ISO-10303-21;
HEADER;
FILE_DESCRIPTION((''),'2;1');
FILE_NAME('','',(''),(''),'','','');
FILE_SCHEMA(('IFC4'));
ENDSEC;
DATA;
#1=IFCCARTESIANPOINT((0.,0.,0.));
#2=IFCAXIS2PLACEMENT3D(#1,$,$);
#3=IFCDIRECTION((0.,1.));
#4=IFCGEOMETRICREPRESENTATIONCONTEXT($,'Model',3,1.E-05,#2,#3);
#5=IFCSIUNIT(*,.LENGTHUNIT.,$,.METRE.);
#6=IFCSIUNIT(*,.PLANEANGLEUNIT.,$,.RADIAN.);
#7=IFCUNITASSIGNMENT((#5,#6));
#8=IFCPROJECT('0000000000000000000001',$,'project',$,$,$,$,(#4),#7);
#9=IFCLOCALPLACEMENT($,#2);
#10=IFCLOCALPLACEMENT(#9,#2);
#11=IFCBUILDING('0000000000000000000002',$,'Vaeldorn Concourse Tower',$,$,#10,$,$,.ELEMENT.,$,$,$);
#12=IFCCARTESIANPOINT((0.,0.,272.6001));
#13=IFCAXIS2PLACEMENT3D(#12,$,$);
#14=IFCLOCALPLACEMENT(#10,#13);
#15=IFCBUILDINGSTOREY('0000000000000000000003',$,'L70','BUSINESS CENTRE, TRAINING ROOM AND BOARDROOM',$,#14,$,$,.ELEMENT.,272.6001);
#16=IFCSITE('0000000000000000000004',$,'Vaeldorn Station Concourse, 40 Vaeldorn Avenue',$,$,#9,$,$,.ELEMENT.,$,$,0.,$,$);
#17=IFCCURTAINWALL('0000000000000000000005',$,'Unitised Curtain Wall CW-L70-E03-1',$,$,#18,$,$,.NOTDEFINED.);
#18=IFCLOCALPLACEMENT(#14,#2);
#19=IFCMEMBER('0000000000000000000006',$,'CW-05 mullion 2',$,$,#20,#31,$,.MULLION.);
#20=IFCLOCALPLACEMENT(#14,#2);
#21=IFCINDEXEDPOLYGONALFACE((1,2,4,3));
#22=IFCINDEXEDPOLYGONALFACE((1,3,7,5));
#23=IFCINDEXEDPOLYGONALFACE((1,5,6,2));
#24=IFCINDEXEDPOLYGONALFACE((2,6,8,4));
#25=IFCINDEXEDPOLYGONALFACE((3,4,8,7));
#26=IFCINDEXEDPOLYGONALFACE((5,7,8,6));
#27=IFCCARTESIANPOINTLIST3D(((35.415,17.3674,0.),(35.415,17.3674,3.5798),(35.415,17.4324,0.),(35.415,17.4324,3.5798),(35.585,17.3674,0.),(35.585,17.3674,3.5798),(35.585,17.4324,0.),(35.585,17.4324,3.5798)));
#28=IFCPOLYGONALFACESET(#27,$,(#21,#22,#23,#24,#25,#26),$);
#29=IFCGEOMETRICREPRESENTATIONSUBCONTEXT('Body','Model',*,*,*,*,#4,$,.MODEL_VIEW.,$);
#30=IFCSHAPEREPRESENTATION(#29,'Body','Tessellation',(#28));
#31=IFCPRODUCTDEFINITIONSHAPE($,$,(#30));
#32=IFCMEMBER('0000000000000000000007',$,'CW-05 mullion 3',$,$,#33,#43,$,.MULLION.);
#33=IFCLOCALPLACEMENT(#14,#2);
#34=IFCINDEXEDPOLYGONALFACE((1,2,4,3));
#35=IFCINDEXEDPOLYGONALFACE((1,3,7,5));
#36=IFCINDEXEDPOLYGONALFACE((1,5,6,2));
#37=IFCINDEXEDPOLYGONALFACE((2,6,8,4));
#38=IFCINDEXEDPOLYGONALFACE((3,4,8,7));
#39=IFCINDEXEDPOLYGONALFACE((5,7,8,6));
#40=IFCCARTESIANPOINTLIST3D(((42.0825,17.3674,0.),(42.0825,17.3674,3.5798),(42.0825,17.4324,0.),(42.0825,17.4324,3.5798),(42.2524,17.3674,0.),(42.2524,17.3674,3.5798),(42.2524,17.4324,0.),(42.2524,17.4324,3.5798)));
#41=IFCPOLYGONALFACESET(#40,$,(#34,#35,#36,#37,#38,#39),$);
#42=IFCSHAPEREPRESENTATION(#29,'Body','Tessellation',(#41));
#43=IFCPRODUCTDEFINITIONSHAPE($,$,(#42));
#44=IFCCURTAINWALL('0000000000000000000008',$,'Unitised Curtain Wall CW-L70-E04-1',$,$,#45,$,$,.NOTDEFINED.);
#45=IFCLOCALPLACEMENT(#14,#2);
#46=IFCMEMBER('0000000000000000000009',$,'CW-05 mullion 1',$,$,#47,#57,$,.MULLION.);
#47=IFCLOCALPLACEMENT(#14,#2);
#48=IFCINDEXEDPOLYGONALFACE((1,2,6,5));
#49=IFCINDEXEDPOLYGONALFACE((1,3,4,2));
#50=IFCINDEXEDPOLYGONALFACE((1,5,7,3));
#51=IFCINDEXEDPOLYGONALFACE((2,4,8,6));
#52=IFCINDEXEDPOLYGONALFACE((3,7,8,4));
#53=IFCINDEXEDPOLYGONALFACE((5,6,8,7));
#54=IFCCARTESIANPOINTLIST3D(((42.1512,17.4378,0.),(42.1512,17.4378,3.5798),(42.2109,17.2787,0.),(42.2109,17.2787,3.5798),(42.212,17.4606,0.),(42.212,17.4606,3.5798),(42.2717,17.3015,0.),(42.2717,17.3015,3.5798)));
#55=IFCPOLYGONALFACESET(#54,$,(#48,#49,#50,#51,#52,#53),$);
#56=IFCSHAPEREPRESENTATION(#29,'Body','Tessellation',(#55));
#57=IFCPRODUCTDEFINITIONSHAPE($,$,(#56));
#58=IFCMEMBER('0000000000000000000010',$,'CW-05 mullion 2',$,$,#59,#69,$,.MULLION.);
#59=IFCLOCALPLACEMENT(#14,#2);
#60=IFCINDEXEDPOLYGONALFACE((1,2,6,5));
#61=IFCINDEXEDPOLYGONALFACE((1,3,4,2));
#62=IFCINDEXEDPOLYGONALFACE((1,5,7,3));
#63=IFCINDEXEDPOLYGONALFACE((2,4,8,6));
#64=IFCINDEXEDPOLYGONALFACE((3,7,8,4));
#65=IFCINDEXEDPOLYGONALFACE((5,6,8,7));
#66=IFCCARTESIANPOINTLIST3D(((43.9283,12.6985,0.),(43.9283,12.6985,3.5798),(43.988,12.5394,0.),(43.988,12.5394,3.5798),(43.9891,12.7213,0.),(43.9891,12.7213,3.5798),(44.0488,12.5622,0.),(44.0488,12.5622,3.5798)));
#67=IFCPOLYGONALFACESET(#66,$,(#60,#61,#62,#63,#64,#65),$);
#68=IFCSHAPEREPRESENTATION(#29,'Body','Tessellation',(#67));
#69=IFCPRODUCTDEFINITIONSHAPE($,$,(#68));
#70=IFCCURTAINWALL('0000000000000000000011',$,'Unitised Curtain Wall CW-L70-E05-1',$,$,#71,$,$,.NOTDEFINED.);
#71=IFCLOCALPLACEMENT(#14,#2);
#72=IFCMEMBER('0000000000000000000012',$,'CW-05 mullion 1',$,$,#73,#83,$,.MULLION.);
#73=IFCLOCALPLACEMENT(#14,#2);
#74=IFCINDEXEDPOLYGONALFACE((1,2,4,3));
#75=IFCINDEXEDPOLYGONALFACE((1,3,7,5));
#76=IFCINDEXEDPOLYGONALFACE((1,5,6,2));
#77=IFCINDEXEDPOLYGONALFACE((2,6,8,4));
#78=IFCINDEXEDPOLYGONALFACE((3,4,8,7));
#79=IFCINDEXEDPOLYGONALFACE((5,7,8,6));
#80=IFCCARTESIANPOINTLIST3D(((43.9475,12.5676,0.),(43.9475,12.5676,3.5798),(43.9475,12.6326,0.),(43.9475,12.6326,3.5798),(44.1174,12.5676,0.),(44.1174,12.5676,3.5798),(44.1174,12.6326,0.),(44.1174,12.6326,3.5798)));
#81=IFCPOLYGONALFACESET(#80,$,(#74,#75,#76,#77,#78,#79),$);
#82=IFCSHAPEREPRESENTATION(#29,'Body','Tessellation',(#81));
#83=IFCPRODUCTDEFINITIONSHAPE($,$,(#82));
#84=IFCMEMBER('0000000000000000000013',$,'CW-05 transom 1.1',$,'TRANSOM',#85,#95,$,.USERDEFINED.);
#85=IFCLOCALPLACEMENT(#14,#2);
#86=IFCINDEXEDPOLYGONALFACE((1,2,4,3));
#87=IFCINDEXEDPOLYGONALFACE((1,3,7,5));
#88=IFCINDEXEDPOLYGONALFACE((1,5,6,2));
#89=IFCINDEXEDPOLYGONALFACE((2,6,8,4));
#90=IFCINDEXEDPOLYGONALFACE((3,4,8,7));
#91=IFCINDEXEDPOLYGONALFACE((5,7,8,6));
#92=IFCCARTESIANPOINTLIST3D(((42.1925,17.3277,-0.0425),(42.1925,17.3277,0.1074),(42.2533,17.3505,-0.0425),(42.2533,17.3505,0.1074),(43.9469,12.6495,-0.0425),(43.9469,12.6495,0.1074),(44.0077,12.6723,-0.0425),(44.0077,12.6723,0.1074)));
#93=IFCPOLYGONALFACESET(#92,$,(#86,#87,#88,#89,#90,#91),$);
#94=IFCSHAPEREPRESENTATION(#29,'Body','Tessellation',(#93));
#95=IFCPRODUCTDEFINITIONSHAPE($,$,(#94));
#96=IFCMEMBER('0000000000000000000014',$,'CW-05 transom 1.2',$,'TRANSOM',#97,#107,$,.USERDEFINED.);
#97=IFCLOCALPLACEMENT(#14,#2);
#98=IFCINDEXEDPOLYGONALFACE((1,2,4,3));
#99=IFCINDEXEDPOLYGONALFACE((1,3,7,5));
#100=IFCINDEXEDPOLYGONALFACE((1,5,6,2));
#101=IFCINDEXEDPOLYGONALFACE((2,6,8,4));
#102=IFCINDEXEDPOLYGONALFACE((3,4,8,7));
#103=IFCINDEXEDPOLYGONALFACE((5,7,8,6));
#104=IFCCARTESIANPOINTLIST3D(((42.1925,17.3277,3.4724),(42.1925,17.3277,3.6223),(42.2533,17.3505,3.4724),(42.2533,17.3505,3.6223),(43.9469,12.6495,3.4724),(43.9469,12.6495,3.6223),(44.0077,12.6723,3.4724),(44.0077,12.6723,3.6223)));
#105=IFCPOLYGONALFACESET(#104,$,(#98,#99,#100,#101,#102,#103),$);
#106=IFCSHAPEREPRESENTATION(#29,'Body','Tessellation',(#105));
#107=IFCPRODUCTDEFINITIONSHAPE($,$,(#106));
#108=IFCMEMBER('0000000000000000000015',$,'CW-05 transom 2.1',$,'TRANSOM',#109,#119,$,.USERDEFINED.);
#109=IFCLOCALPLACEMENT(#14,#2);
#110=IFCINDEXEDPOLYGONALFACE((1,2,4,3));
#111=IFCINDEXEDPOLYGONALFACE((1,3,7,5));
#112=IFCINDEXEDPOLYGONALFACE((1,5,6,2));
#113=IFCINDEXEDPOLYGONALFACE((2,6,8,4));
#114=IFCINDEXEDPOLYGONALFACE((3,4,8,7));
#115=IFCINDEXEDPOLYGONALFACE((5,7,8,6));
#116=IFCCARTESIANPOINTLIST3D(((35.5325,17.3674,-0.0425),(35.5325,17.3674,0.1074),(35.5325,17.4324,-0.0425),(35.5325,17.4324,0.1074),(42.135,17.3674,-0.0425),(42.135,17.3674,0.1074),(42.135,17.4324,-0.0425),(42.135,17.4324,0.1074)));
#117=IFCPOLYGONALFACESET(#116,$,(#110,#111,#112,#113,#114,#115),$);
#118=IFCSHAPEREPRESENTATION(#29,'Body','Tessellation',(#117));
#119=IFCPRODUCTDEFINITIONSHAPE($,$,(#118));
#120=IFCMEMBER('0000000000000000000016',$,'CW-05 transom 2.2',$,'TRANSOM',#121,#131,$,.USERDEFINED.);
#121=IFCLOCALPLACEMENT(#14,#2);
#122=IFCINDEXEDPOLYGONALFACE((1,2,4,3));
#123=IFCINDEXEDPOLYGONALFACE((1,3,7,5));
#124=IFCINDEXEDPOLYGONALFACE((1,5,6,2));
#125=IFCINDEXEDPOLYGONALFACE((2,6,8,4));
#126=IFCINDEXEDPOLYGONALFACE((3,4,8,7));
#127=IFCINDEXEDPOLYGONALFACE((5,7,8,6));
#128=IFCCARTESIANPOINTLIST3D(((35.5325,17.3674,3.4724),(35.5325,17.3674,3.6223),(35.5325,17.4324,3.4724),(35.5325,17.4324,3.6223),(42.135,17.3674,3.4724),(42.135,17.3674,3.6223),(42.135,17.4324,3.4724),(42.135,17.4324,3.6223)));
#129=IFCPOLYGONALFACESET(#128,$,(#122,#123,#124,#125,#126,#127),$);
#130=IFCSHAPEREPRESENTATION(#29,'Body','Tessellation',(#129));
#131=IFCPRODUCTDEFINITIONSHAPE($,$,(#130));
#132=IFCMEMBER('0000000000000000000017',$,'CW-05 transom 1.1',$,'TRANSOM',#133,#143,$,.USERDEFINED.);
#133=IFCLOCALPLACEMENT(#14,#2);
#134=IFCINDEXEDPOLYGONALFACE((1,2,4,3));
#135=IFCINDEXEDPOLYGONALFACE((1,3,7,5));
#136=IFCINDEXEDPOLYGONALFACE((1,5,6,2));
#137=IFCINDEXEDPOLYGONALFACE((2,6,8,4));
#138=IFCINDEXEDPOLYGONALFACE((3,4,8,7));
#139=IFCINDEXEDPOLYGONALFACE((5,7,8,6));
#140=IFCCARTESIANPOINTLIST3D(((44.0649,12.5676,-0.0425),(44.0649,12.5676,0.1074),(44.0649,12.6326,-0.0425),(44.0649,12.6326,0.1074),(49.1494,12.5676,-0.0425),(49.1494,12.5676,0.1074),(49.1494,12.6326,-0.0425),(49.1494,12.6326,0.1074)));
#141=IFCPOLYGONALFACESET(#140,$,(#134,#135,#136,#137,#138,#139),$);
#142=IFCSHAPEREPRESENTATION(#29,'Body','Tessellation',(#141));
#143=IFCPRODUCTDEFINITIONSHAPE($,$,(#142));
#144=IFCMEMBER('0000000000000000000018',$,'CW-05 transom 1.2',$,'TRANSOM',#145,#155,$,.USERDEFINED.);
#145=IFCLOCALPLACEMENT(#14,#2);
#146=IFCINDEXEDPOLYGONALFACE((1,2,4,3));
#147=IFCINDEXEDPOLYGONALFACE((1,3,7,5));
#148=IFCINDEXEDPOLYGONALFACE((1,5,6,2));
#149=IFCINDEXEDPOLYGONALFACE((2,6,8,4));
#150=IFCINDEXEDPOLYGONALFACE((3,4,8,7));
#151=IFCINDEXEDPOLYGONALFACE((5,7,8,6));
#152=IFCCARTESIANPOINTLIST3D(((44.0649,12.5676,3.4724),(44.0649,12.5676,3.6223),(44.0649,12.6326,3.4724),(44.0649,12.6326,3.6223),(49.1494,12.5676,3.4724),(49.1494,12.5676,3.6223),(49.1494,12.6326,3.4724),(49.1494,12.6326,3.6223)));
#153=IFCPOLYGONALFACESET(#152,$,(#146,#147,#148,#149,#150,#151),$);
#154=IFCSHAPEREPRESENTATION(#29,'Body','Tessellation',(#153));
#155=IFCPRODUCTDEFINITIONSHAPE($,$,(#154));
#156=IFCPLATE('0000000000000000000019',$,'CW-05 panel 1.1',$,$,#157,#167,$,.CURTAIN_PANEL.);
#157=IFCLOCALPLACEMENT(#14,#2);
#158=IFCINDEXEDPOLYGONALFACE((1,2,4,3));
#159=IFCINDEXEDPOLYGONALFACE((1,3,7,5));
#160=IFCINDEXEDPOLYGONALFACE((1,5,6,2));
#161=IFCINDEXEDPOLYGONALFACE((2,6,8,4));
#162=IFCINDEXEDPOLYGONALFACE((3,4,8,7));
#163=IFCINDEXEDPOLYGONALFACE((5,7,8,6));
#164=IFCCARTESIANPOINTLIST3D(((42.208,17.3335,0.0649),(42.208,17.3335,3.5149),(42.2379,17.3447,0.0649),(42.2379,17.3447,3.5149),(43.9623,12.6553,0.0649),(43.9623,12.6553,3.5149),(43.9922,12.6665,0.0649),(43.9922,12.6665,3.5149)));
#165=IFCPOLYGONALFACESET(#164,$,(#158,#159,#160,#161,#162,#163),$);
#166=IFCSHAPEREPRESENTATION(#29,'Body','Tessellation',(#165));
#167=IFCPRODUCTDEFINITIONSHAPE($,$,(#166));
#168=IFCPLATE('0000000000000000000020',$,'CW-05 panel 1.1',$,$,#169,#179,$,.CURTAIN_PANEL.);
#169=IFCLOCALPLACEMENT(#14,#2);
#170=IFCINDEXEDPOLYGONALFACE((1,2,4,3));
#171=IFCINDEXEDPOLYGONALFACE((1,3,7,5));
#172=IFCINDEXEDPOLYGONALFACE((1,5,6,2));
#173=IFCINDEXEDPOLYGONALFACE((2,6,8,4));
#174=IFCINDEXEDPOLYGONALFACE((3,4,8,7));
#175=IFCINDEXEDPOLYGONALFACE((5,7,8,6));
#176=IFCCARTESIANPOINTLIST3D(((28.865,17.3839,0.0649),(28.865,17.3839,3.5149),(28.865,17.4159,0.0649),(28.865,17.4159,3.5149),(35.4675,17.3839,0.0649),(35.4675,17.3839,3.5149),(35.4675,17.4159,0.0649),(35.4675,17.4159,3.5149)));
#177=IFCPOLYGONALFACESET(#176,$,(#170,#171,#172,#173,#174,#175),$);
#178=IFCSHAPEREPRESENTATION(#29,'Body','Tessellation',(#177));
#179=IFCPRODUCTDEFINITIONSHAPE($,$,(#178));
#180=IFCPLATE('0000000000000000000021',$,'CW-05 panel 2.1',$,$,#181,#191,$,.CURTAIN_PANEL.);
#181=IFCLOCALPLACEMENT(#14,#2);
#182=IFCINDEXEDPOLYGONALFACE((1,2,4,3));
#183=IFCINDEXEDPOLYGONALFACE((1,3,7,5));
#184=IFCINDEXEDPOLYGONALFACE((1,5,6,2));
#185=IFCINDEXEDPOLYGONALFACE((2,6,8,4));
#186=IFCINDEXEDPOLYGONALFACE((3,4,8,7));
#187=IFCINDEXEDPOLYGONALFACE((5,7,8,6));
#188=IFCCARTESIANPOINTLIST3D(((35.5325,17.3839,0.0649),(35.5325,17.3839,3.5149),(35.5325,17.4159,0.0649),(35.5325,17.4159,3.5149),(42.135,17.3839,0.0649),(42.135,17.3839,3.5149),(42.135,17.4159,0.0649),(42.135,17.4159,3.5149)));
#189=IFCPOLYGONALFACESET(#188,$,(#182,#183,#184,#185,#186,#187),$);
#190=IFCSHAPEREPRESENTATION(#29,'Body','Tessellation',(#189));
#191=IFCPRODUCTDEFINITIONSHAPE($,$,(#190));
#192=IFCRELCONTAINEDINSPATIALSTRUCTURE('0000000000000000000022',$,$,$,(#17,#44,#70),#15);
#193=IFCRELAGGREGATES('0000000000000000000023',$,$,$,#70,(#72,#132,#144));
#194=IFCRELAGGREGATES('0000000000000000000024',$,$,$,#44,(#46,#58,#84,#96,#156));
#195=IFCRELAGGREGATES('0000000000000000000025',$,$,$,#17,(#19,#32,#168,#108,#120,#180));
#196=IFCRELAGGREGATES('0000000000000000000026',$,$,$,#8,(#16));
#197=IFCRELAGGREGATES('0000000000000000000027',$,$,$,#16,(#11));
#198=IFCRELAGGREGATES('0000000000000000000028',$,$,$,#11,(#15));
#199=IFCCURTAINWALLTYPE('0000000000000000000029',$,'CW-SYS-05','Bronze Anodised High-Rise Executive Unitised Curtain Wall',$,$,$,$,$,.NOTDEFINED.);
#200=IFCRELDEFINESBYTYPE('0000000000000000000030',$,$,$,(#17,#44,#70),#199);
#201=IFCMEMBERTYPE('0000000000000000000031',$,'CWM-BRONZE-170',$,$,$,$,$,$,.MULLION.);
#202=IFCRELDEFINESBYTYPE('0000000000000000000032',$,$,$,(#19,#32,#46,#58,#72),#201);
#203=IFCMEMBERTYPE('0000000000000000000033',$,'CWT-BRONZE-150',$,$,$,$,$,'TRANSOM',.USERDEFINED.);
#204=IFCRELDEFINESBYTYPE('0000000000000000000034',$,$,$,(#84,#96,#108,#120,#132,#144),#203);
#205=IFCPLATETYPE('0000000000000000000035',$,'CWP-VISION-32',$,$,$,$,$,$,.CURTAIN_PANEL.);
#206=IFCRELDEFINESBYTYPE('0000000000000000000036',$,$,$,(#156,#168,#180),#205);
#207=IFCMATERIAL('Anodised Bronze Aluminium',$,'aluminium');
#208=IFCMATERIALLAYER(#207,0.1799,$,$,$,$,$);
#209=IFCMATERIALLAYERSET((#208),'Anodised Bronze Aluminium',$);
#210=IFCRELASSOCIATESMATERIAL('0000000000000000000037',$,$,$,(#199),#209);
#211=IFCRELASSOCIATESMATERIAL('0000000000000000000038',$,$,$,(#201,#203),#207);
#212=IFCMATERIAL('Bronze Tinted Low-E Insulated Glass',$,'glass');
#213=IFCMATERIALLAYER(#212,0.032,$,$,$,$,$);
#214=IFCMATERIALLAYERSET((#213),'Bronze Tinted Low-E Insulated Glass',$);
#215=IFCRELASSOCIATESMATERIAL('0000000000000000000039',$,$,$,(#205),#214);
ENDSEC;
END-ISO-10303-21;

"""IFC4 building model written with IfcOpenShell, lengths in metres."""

from ifc_helpers import new_model, si_unit, direction, frame, origin, origin_2d, place, context, subcontext, project, spatial, rectangle, extrude, source, transform, mapped, material, layer, layer_set, material_profile, profile_set, type_object, element, aggregate, save


model = new_model("IFC4")

# Units and contexts
model_context = context("Model", 3, precision=1e-05, world=origin(), true_north=direction((0.0, 1.0)))
body_context = subcontext(model_context, "Body", "Model", "MODEL_VIEW")
ifc_project = project(units=[si_unit("LENGTHUNIT", "METRE"), si_unit("PLANEANGLEUNIT", "RADIAN")], contexts=[model_context])

# Site, building, storey
site_placement = place(None, origin())
site = spatial("IfcSite", under=ifc_project, at=site_placement, Name="Vaeldorn Station Concourse, 40 Vaeldorn Avenue", CompositionType="ELEMENT", RefElevation=0.0)
building_placement = place(site_placement, origin())
building = spatial("IfcBuilding", under=site, at=building_placement, Name="Vaeldorn Concourse Tower", CompositionType="ELEMENT")
storey_placement = place(building_placement, frame((0.0, 0.0, 272.6001)))
storey = spatial("IfcBuildingStorey", under=building, at=storey_placement, Name="L70", Description="BUSINESS CENTRE, TRAINING ROOM AND BOARDROOM", CompositionType="ELEMENT", Elevation=272.6001)

# Curtain walls, members
ifc_material_1 = material(Name="Anodised Bronze Aluminium", Category="aluminium")
ifc_layer_1 = layer(ifc_material_1, 0.1799)
ifc_layer_set_1 = layer_set([ifc_layer_1], Name="Anodised Bronze Aluminium")
curtain_wall_type = type_object("IfcCurtainWallType", Name="CW-SYS-05", Description="Bronze Anodised High-Rise Executive Unitised Curtain Wall", PredefinedType="NOTDEFINED", material=ifc_layer_set_1)
curtain_wall_1_placement = place(storey_placement, origin())
curtain_wall_1 = element("IfcCurtainWall", 1, at=curtain_wall_1_placement, inside=storey, type_object=curtain_wall_type, Name="Unitised Curtain Wall CW-L70-E03-1", PredefinedType="NOTDEFINED")
ifc_material_profile_1 = material_profile(ifc_material_1, rectangle(XDim=0.0649, YDim=0.1699, at=origin_2d()), Name="CWM 65x170")
ifc_profile_set_1 = profile_set([ifc_material_profile_1], Name="Anodised Bronze Aluminium")
member_type_1 = type_object("IfcMemberType", Name="CWM-BRONZE-170", PredefinedType="MULLION", material=ifc_profile_set_1)
shared_shape_1 = source(origin(), body_context, "Body", "SweptSolid", [
    extrude(rectangle(XDim=0.0649, YDim=0.1699, at=origin_2d()), origin(), (0.0, 0.0, 1.0), 3.5798),
])
member_1_placement = place(storey_placement, frame((35.5, 17.3999, 0.0), z_axis=(0.0, 0.0, 1.0), x_axis=(0.0, 1.0, 0.0)))
member_1 = element("IfcMember", 2, at=member_1_placement, type_object=member_type_1, Name="CW-05 mullion 2", PredefinedType="MULLION", context=body_context, shape_type="MappedRepresentation", body=[
    mapped(shared_shape_1, transform((0.0, 0.0, 0.0), scale=1.0)),
])
member_2_placement = place(storey_placement, frame((42.1675, 17.3999, 0.0), z_axis=(0.0, 0.0, 1.0), x_axis=(0.0, 1.0, 0.0)))
member_2 = element("IfcMember", 3, at=member_2_placement, type_object=member_type_1, Name="CW-05 mullion 3", PredefinedType="MULLION", context=body_context, shape_type="MappedRepresentation", body=[
    mapped(shared_shape_1, transform((0.0, 0.0, 0.0), scale=1.0)),
])
curtain_wall_2_placement = place(storey_placement, origin())
curtain_wall_2 = element("IfcCurtainWall", 4, at=curtain_wall_2_placement, inside=storey, type_object=curtain_wall_type, Name="Unitised Curtain Wall CW-L70-E04-1", PredefinedType="NOTDEFINED")
member_3_placement = place(storey_placement, frame((42.2114, 17.3696, 0.0), z_axis=(0.0, 0.0, 1.0), x_axis=(0.936329, 0.351123, 0.0)))
member_3 = element("IfcMember", 5, at=member_3_placement, type_object=member_type_1, Name="CW-05 mullion 1", PredefinedType="MULLION", context=body_context, shape_type="MappedRepresentation", body=[
    mapped(shared_shape_1, transform((0.0, 0.0, 0.0), scale=1.0)),
])
member_4_placement = place(storey_placement, frame((43.9885, 12.6304, 0.0), z_axis=(0.0, 0.0, 1.0), x_axis=(0.936329, 0.351123, 0.0)))
member_4 = element("IfcMember", 6, at=member_4_placement, type_object=member_type_1, Name="CW-05 mullion 2", PredefinedType="MULLION", context=body_context, shape_type="MappedRepresentation", body=[
    mapped(shared_shape_1, transform((0.0, 0.0, 0.0), scale=1.0)),
])

# Curtain wall, member
curtain_wall_3_placement = place(storey_placement, origin())
curtain_wall_3 = element("IfcCurtainWall", 7, at=curtain_wall_3_placement, inside=storey, type_object=curtain_wall_type, Name="Unitised Curtain Wall CW-L70-E05-1", PredefinedType="NOTDEFINED")
member_5_placement = place(storey_placement, frame((44.0325, 12.6001, 0.0), z_axis=(0.0, 0.0, 1.0), x_axis=(0.0, 1.0, 0.0)))
member_5 = element("IfcMember", 8, at=member_5_placement, type_object=member_type_1, Name="CW-05 mullion 1", PredefinedType="MULLION", context=body_context, shape_type="MappedRepresentation", body=[
    mapped(shared_shape_1, transform((0.0, 0.0, 0.0), scale=1.0)),
])

# Members
ifc_material_profile_2 = material_profile(ifc_material_1, rectangle(XDim=0.0649, YDim=0.1499, at=origin_2d()), Name="CWT 65x150")
ifc_profile_set_2 = profile_set([ifc_material_profile_2], Name="Anodised Bronze Aluminium")
member_type_2 = type_object("IfcMemberType", Name="CWT-BRONZE-150", ElementType="TRANSOM", PredefinedType="USERDEFINED", material=ifc_profile_set_2)
shared_shape_2 = source(origin(), body_context, "Body", "SweptSolid", [
    extrude(rectangle(XDim=0.0649, YDim=0.1499, at=origin_2d()), origin(), (0.0, 0.0, 1.0), 4.9963),
])
member_6_placement = place(storey_placement, frame((42.2229, 17.3391, 0.0325), z_axis=(0.351134, -0.936325, 0.0), x_axis=(0.936325, 0.351134, 0.0)))
member_6 = element("IfcMember", 9, at=member_6_placement, type_object=member_type_2, Name="CW-05 transom 1.1", ObjectType="TRANSOM", PredefinedType="USERDEFINED", context=body_context, shape_type="MappedRepresentation", body=[
    mapped(shared_shape_2, transform((0.0, 0.0, 0.0), scale=1.0)),
])
member_7_placement = place(storey_placement, frame((42.2229, 17.3391, 3.5474), z_axis=(0.351134, -0.936325, 0.0), x_axis=(0.936325, 0.351134, 0.0)))
member_7 = element("IfcMember", 10, at=member_7_placement, type_object=member_type_2, Name="CW-05 transom 1.2", ObjectType="TRANSOM", PredefinedType="USERDEFINED", context=body_context, shape_type="MappedRepresentation", body=[
    mapped(shared_shape_2, transform((0.0, 0.0, 0.0), scale=1.0)),
])
shared_shape_3 = source(origin(), body_context, "Body", "SweptSolid", [
    extrude(rectangle(XDim=0.0649, YDim=0.1499, at=origin_2d()), origin(), (0.0, 0.0, 1.0), 6.6025),
])
member_8_placement = place(storey_placement, frame((35.5325, 17.3999, 0.0325), z_axis=(1.0, 0.0, 0.0), x_axis=(0.0, 1.0, 0.0)))
member_8 = element("IfcMember", 11, at=member_8_placement, type_object=member_type_2, Name="CW-05 transom 2.1", ObjectType="TRANSOM", PredefinedType="USERDEFINED", context=body_context, shape_type="MappedRepresentation", body=[
    mapped(shared_shape_3, transform((0.0, 0.0, 0.0), scale=1.0)),
])
member_9_placement = place(storey_placement, frame((35.5325, 17.3999, 3.5474), z_axis=(1.0, 0.0, 0.0), x_axis=(0.0, 1.0, 0.0)))
member_9 = element("IfcMember", 12, at=member_9_placement, type_object=member_type_2, Name="CW-05 transom 2.2", ObjectType="TRANSOM", PredefinedType="USERDEFINED", context=body_context, shape_type="MappedRepresentation", body=[
    mapped(shared_shape_3, transform((0.0, 0.0, 0.0), scale=1.0)),
])
shared_shape_4 = source(origin(), body_context, "Body", "SweptSolid", [
    extrude(rectangle(XDim=0.0649, YDim=0.1499, at=origin_2d()), origin(), (0.0, 0.0, 1.0), 5.0845),
])
member_10_placement = place(storey_placement, frame((44.0649, 12.6001, 0.0325), z_axis=(1.0, 0.0, 0.0), x_axis=(0.0, 1.0, 0.0)))
member_10 = element("IfcMember", 13, at=member_10_placement, type_object=member_type_2, Name="CW-05 transom 1.1", ObjectType="TRANSOM", PredefinedType="USERDEFINED", context=body_context, shape_type="MappedRepresentation", body=[
    mapped(shared_shape_4, transform((0.0, 0.0, 0.0), scale=1.0)),
])
member_11_placement = place(storey_placement, frame((44.0649, 12.6001, 3.5474), z_axis=(1.0, 0.0, 0.0), x_axis=(0.0, 1.0, 0.0)))
member_11 = element("IfcMember", 14, at=member_11_placement, type_object=member_type_2, Name="CW-05 transom 1.2", ObjectType="TRANSOM", PredefinedType="USERDEFINED", context=body_context, shape_type="MappedRepresentation", body=[
    mapped(shared_shape_4, transform((0.0, 0.0, 0.0), scale=1.0)),
])
aggregate(curtain_wall_3, [member_5, member_10, member_11])

# Plates
ifc_material_2 = material(Name="Bronze Tinted Low-E Insulated Glass", Category="glass")
ifc_layer_2 = layer(ifc_material_2, 0.032)
ifc_layer_set_2 = layer_set([ifc_layer_2], Name="Bronze Tinted Low-E Insulated Glass")
plate_type = type_object("IfcPlateType", Name="CWP-VISION-32", PredefinedType="CURTAIN_PANEL", material=ifc_layer_set_2)
shared_shape_5 = source(origin(), body_context, "Body", "SweptSolid", [
    extrude(rectangle(XDim=4.9963, YDim=0.032, at=origin_2d()), origin(), (0.0, 0.0, 1.0), 3.45),
])
plate_1_placement = place(storey_placement, frame((43.1001, 15.0, 0.0649), z_axis=(0.0, 0.0, 1.0), x_axis=(0.351123, -0.936329, 0.0)))
plate_1 = element("IfcPlate", 15, at=plate_1_placement, type_object=plate_type, Name="CW-05 panel 1.1", PredefinedType="CURTAIN_PANEL", context=body_context, shape_type="MappedRepresentation", body=[
    mapped(shared_shape_5, transform((0.0, 0.0, 0.0), scale=1.0)),
])
aggregate(curtain_wall_2, [member_3, member_4, member_6, member_7, plate_1])
shared_shape_6 = source(origin(), body_context, "Body", "SweptSolid", [
    extrude(rectangle(XDim=6.6025, YDim=0.032, at=origin_2d()), origin(), (0.0, 0.0, 1.0), 3.45),
])
plate_2_placement = place(storey_placement, frame((32.1663, 17.3999, 0.0649), z_axis=(0.0, 0.0, 1.0), x_axis=(1.0, 0.0, 0.0)))
plate_2 = element("IfcPlate", 16, at=plate_2_placement, type_object=plate_type, Name="CW-05 panel 1.1", PredefinedType="CURTAIN_PANEL", context=body_context, shape_type="MappedRepresentation", body=[
    mapped(shared_shape_6, transform((0.0, 0.0, 0.0), scale=1.0)),
])
plate_3_placement = place(storey_placement, frame((38.8337, 17.3999, 0.0649), z_axis=(0.0, 0.0, 1.0), x_axis=(1.0, 0.0, 0.0)))
plate_3 = element("IfcPlate", 17, at=plate_3_placement, type_object=plate_type, Name="CW-05 panel 2.1", PredefinedType="CURTAIN_PANEL", context=body_context, shape_type="MappedRepresentation", body=[
    mapped(shared_shape_6, transform((0.0, 0.0, 0.0), scale=1.0)),
])
aggregate(curtain_wall_1, [member_1, member_2, plate_2, member_8, member_9, plate_3])

save(model, "model.ifc")
